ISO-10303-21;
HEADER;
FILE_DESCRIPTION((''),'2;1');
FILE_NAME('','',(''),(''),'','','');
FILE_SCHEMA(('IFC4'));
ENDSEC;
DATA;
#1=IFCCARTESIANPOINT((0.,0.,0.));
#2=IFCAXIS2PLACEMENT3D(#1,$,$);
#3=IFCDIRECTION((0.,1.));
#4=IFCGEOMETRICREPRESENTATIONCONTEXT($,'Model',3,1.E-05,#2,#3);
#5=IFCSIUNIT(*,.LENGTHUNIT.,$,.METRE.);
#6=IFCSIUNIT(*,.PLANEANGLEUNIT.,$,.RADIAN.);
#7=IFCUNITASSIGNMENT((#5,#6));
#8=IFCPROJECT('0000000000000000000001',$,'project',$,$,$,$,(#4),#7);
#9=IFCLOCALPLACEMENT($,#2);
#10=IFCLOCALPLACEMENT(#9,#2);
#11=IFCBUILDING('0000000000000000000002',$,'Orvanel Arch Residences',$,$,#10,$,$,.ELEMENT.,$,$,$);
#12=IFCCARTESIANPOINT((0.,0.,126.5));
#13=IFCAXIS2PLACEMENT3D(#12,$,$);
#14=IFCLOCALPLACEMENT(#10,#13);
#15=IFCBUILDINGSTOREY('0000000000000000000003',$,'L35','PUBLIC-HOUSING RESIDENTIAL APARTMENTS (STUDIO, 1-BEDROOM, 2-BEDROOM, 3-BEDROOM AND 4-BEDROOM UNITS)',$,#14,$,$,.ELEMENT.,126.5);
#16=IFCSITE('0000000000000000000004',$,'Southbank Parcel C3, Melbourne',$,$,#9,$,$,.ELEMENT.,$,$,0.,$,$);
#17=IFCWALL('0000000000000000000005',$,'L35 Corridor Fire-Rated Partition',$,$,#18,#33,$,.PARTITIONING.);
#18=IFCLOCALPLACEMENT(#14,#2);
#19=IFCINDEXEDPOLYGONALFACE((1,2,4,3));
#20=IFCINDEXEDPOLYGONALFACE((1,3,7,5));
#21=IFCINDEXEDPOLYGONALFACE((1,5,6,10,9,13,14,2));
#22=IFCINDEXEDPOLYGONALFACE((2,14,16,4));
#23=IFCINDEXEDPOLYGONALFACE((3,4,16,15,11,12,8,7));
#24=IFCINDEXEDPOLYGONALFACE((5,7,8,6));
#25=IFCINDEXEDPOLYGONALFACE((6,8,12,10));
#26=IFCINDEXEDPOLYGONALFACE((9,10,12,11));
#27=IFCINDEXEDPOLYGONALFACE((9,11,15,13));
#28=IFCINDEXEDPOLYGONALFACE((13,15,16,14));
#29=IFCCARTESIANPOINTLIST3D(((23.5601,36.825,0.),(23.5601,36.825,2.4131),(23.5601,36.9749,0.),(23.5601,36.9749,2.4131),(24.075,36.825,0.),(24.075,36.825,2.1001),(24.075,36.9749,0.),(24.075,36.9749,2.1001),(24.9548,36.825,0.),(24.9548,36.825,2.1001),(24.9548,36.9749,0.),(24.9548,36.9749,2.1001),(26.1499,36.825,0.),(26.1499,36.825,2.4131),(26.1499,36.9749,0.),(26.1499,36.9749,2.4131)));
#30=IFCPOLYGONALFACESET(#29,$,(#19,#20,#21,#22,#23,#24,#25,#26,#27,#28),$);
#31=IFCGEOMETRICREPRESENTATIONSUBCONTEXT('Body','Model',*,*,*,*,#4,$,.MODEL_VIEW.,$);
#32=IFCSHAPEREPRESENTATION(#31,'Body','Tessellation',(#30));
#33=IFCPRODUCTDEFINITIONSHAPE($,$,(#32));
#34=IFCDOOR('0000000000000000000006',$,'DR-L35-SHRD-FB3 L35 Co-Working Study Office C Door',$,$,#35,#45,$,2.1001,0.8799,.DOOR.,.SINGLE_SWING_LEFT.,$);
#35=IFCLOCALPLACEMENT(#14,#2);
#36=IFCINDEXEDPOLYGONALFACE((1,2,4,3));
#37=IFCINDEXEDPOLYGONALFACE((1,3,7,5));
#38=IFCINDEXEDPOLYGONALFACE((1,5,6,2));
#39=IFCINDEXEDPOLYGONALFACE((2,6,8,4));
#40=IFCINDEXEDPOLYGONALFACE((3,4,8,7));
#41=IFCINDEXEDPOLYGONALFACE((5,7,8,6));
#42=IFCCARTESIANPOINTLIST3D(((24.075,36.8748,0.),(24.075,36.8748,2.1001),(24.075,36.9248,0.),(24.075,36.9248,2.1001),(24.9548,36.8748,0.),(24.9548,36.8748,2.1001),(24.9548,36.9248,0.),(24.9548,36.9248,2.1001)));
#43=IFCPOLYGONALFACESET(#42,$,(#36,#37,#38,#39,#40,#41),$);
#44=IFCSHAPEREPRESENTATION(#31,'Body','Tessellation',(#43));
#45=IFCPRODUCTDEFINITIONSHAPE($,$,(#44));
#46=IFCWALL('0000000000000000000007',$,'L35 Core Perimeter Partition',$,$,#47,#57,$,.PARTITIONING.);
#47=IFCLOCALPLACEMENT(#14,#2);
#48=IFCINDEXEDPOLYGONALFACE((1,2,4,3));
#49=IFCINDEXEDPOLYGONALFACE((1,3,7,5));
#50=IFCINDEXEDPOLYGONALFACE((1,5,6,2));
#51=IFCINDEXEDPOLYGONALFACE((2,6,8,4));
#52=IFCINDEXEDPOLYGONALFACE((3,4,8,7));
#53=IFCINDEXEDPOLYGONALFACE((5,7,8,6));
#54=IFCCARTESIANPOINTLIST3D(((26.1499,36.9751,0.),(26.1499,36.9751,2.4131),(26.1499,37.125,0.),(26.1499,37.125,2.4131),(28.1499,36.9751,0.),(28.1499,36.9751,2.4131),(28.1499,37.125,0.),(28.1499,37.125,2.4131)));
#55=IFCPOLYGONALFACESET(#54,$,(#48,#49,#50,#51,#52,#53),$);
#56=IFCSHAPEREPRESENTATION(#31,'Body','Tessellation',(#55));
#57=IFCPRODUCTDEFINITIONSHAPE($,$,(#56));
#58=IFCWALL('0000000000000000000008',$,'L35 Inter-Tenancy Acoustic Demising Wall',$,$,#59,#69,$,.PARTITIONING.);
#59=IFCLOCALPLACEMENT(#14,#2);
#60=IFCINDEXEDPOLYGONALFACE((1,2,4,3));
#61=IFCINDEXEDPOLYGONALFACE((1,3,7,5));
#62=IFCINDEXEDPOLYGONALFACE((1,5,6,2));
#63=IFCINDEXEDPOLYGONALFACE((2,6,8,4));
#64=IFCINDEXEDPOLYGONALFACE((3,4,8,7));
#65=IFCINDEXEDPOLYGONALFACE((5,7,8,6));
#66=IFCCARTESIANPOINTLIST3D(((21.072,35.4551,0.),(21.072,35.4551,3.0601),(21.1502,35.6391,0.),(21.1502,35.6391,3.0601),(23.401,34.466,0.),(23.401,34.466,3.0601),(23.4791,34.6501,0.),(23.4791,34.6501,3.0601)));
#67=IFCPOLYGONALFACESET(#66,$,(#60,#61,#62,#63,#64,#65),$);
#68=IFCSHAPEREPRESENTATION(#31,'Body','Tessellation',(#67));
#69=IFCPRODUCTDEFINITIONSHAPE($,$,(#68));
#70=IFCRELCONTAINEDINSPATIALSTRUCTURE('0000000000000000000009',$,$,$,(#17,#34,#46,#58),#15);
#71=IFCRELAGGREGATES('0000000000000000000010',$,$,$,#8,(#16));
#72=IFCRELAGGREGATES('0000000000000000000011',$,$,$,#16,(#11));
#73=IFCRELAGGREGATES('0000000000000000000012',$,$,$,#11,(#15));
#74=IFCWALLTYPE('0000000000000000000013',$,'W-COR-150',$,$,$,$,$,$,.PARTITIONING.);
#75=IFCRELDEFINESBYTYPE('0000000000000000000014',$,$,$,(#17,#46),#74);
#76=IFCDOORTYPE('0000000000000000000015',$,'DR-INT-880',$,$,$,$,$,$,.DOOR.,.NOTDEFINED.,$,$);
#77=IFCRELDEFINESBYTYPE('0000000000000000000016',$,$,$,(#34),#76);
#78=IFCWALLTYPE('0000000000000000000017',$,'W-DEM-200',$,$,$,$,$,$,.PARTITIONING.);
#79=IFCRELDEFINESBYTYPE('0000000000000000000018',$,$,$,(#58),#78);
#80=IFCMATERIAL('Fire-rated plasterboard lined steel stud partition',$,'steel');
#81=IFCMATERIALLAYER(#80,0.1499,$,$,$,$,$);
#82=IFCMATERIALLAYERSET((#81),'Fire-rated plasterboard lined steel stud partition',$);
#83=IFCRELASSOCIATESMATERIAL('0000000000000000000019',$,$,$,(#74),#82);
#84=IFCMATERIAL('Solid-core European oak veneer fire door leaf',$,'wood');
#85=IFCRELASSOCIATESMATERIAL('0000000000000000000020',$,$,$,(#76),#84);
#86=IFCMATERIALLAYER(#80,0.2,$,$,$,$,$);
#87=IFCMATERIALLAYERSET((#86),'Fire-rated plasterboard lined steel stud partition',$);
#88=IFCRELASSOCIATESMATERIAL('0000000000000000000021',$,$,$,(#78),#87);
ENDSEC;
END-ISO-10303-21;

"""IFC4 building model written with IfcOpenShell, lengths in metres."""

from ifc_helpers import new_model, si_unit, direction, frame, frame_2d, origin, place, context, subcontext, project, spatial, rectangle, extrude, material, layer, layer_set, type_object, element, fill, save


model = new_model("IFC4")

# Units and contexts
model_context = context("Model", 3, precision=1e-05, world=origin(), true_north=direction((0.0, 1.0)))
body_context = subcontext(model_context, "Body", "Model", "MODEL_VIEW")
ifc_project = project(units=[si_unit("LENGTHUNIT", "METRE"), si_unit("PLANEANGLEUNIT", "RADIAN")], contexts=[model_context])

# Site, building, storey
site_placement = place(None, origin())
site = spatial("IfcSite", under=ifc_project, at=site_placement, Name="Southbank Parcel C3, Melbourne", CompositionType="ELEMENT", RefElevation=0.0)
building_placement = place(site_placement, origin())
building = spatial("IfcBuilding", under=site, at=building_placement, Name="Orvanel Arch Residences", CompositionType="ELEMENT")
storey_placement = place(building_placement, frame((0.0, 0.0, 126.5)))
storey = spatial("IfcBuildingStorey", under=building, at=storey_placement, Name="L35", Description="PUBLIC-HOUSING RESIDENTIAL APARTMENTS (STUDIO, 1-BEDROOM, 2-BEDROOM, 3-BEDROOM AND 4-BEDROOM UNITS)", CompositionType="ELEMENT", Elevation=126.5)

# Wall, opening, door
ifc_material_1 = material(Name="Fire-rated plasterboard lined steel stud partition", Category="steel")
ifc_layer_1 = layer(ifc_material_1, 0.1499)
ifc_layer_set_1 = layer_set([ifc_layer_1], Name="Fire-rated plasterboard lined steel stud partition")
wall_type_1 = type_object("IfcWallType", Name="W-COR-150", PredefinedType="PARTITIONING", material=ifc_layer_set_1)
wall_1_placement = place(storey_placement, frame((23.5601, 36.8999, 0.0), z_axis=(0.0, 0.0, 1.0), x_axis=(1.0, 0.0, 0.0)))
wall_1 = element("IfcWall", 1, at=wall_1_placement, inside=storey, type_object=wall_type_1, Name="L35 Corridor Fire-Rated Partition", PredefinedType="PARTITIONING", context=body_context, shape_type="SweptSolid", body=[
    extrude(rectangle(XDim=2.5898, YDim=0.1499, at=frame_2d((1.2949, 0.0))), origin(), (0.0, 0.0, 1.0), 2.4131),
])
opening_1_placement = place(wall_1_placement, frame((0.5149, 0.0, 0.0)))
opening_1 = element("IfcOpeningElement", 2, at=opening_1_placement, cuts=wall_1, PredefinedType="OPENING", context=body_context, shape_type="SweptSolid", body=[
    extrude(rectangle(XDim=0.8799, YDim=2.1001, at=frame_2d((0.4399, 1.05))), frame((0.0, 0.085, 0.0), z_axis=(0.0, -1.0, 0.0), x_axis=(1.0, 0.0, 0.0)), (0.0, 0.0, 1.0), 0.1699),
])
ifc_material_2 = material(Name="Solid-core European oak veneer fire door leaf", Category="wood")
door_type_1 = type_object("IfcDoorType", Name="DR-INT-880", OperationType="NOTDEFINED", PredefinedType="DOOR", material=ifc_material_2)
door_1_placement = place(opening_1_placement, origin())
door_1 = element("IfcDoor", 3, at=door_1_placement, inside=storey, type_object=door_type_1, Name="DR-L35-SHRD-FB3 L35 Co-Working Study Office C Door", OperationType="SINGLE_SWING_LEFT", OverallHeight=2.1001, OverallWidth=0.8799, PredefinedType="DOOR", context=body_context, shape_type="SweptSolid", body=[
    extrude(rectangle(XDim=0.8799, YDim=2.1001, at=frame_2d((0.4399, 1.05))), frame((0.0, 0.0249, 0.0), z_axis=(0.0, -1.0, 0.0), x_axis=(1.0, 0.0, 0.0)), (0.0, 0.0, 1.0), 0.05),
])
fill(opening_1, door_1)

# Walls
wall_2_placement = place(storey_placement, frame((26.1499, 37.05, 0.0), z_axis=(0.0, 0.0, 1.0), x_axis=(1.0, 0.0, 0.0)))
element("IfcWall", 4, at=wall_2_placement, inside=storey, type_object=wall_type_1, Name="L35 Core Perimeter Partition", PredefinedType="PARTITIONING", context=body_context, shape_type="SweptSolid", body=[
    extrude(rectangle(XDim=2.0, YDim=0.1499, at=frame_2d((1.0, 0.0))), origin(), (0.0, 0.0, 1.0), 2.4131),
])
ifc_layer_2 = layer(ifc_material_1, 0.2)
ifc_layer_set_2 = layer_set([ifc_layer_2], Name="Fire-rated plasterboard lined steel stud partition")
wall_type_2 = type_object("IfcWallType", Name="W-DEM-200", PredefinedType="PARTITIONING", material=ifc_layer_set_2)
wall_3_placement = place(storey_placement, frame((21.1111, 35.5471, 0.0), z_axis=(0.0, 0.0, 1.0), x_axis=(0.920438, -0.390889, 0.0)))
element("IfcWall", 5, at=wall_3_placement, inside=storey, type_object=wall_type_2, Name="L35 Inter-Tenancy Acoustic Demising Wall", PredefinedType="PARTITIONING", context=body_context, shape_type="SweptSolid", body=[
    extrude(rectangle(XDim=2.5303, YDim=0.2, at=frame_2d((1.2651, 0.0))), origin(), (0.0, 0.0, 1.0), 3.0601),
])

save(model, "model.ifc")
